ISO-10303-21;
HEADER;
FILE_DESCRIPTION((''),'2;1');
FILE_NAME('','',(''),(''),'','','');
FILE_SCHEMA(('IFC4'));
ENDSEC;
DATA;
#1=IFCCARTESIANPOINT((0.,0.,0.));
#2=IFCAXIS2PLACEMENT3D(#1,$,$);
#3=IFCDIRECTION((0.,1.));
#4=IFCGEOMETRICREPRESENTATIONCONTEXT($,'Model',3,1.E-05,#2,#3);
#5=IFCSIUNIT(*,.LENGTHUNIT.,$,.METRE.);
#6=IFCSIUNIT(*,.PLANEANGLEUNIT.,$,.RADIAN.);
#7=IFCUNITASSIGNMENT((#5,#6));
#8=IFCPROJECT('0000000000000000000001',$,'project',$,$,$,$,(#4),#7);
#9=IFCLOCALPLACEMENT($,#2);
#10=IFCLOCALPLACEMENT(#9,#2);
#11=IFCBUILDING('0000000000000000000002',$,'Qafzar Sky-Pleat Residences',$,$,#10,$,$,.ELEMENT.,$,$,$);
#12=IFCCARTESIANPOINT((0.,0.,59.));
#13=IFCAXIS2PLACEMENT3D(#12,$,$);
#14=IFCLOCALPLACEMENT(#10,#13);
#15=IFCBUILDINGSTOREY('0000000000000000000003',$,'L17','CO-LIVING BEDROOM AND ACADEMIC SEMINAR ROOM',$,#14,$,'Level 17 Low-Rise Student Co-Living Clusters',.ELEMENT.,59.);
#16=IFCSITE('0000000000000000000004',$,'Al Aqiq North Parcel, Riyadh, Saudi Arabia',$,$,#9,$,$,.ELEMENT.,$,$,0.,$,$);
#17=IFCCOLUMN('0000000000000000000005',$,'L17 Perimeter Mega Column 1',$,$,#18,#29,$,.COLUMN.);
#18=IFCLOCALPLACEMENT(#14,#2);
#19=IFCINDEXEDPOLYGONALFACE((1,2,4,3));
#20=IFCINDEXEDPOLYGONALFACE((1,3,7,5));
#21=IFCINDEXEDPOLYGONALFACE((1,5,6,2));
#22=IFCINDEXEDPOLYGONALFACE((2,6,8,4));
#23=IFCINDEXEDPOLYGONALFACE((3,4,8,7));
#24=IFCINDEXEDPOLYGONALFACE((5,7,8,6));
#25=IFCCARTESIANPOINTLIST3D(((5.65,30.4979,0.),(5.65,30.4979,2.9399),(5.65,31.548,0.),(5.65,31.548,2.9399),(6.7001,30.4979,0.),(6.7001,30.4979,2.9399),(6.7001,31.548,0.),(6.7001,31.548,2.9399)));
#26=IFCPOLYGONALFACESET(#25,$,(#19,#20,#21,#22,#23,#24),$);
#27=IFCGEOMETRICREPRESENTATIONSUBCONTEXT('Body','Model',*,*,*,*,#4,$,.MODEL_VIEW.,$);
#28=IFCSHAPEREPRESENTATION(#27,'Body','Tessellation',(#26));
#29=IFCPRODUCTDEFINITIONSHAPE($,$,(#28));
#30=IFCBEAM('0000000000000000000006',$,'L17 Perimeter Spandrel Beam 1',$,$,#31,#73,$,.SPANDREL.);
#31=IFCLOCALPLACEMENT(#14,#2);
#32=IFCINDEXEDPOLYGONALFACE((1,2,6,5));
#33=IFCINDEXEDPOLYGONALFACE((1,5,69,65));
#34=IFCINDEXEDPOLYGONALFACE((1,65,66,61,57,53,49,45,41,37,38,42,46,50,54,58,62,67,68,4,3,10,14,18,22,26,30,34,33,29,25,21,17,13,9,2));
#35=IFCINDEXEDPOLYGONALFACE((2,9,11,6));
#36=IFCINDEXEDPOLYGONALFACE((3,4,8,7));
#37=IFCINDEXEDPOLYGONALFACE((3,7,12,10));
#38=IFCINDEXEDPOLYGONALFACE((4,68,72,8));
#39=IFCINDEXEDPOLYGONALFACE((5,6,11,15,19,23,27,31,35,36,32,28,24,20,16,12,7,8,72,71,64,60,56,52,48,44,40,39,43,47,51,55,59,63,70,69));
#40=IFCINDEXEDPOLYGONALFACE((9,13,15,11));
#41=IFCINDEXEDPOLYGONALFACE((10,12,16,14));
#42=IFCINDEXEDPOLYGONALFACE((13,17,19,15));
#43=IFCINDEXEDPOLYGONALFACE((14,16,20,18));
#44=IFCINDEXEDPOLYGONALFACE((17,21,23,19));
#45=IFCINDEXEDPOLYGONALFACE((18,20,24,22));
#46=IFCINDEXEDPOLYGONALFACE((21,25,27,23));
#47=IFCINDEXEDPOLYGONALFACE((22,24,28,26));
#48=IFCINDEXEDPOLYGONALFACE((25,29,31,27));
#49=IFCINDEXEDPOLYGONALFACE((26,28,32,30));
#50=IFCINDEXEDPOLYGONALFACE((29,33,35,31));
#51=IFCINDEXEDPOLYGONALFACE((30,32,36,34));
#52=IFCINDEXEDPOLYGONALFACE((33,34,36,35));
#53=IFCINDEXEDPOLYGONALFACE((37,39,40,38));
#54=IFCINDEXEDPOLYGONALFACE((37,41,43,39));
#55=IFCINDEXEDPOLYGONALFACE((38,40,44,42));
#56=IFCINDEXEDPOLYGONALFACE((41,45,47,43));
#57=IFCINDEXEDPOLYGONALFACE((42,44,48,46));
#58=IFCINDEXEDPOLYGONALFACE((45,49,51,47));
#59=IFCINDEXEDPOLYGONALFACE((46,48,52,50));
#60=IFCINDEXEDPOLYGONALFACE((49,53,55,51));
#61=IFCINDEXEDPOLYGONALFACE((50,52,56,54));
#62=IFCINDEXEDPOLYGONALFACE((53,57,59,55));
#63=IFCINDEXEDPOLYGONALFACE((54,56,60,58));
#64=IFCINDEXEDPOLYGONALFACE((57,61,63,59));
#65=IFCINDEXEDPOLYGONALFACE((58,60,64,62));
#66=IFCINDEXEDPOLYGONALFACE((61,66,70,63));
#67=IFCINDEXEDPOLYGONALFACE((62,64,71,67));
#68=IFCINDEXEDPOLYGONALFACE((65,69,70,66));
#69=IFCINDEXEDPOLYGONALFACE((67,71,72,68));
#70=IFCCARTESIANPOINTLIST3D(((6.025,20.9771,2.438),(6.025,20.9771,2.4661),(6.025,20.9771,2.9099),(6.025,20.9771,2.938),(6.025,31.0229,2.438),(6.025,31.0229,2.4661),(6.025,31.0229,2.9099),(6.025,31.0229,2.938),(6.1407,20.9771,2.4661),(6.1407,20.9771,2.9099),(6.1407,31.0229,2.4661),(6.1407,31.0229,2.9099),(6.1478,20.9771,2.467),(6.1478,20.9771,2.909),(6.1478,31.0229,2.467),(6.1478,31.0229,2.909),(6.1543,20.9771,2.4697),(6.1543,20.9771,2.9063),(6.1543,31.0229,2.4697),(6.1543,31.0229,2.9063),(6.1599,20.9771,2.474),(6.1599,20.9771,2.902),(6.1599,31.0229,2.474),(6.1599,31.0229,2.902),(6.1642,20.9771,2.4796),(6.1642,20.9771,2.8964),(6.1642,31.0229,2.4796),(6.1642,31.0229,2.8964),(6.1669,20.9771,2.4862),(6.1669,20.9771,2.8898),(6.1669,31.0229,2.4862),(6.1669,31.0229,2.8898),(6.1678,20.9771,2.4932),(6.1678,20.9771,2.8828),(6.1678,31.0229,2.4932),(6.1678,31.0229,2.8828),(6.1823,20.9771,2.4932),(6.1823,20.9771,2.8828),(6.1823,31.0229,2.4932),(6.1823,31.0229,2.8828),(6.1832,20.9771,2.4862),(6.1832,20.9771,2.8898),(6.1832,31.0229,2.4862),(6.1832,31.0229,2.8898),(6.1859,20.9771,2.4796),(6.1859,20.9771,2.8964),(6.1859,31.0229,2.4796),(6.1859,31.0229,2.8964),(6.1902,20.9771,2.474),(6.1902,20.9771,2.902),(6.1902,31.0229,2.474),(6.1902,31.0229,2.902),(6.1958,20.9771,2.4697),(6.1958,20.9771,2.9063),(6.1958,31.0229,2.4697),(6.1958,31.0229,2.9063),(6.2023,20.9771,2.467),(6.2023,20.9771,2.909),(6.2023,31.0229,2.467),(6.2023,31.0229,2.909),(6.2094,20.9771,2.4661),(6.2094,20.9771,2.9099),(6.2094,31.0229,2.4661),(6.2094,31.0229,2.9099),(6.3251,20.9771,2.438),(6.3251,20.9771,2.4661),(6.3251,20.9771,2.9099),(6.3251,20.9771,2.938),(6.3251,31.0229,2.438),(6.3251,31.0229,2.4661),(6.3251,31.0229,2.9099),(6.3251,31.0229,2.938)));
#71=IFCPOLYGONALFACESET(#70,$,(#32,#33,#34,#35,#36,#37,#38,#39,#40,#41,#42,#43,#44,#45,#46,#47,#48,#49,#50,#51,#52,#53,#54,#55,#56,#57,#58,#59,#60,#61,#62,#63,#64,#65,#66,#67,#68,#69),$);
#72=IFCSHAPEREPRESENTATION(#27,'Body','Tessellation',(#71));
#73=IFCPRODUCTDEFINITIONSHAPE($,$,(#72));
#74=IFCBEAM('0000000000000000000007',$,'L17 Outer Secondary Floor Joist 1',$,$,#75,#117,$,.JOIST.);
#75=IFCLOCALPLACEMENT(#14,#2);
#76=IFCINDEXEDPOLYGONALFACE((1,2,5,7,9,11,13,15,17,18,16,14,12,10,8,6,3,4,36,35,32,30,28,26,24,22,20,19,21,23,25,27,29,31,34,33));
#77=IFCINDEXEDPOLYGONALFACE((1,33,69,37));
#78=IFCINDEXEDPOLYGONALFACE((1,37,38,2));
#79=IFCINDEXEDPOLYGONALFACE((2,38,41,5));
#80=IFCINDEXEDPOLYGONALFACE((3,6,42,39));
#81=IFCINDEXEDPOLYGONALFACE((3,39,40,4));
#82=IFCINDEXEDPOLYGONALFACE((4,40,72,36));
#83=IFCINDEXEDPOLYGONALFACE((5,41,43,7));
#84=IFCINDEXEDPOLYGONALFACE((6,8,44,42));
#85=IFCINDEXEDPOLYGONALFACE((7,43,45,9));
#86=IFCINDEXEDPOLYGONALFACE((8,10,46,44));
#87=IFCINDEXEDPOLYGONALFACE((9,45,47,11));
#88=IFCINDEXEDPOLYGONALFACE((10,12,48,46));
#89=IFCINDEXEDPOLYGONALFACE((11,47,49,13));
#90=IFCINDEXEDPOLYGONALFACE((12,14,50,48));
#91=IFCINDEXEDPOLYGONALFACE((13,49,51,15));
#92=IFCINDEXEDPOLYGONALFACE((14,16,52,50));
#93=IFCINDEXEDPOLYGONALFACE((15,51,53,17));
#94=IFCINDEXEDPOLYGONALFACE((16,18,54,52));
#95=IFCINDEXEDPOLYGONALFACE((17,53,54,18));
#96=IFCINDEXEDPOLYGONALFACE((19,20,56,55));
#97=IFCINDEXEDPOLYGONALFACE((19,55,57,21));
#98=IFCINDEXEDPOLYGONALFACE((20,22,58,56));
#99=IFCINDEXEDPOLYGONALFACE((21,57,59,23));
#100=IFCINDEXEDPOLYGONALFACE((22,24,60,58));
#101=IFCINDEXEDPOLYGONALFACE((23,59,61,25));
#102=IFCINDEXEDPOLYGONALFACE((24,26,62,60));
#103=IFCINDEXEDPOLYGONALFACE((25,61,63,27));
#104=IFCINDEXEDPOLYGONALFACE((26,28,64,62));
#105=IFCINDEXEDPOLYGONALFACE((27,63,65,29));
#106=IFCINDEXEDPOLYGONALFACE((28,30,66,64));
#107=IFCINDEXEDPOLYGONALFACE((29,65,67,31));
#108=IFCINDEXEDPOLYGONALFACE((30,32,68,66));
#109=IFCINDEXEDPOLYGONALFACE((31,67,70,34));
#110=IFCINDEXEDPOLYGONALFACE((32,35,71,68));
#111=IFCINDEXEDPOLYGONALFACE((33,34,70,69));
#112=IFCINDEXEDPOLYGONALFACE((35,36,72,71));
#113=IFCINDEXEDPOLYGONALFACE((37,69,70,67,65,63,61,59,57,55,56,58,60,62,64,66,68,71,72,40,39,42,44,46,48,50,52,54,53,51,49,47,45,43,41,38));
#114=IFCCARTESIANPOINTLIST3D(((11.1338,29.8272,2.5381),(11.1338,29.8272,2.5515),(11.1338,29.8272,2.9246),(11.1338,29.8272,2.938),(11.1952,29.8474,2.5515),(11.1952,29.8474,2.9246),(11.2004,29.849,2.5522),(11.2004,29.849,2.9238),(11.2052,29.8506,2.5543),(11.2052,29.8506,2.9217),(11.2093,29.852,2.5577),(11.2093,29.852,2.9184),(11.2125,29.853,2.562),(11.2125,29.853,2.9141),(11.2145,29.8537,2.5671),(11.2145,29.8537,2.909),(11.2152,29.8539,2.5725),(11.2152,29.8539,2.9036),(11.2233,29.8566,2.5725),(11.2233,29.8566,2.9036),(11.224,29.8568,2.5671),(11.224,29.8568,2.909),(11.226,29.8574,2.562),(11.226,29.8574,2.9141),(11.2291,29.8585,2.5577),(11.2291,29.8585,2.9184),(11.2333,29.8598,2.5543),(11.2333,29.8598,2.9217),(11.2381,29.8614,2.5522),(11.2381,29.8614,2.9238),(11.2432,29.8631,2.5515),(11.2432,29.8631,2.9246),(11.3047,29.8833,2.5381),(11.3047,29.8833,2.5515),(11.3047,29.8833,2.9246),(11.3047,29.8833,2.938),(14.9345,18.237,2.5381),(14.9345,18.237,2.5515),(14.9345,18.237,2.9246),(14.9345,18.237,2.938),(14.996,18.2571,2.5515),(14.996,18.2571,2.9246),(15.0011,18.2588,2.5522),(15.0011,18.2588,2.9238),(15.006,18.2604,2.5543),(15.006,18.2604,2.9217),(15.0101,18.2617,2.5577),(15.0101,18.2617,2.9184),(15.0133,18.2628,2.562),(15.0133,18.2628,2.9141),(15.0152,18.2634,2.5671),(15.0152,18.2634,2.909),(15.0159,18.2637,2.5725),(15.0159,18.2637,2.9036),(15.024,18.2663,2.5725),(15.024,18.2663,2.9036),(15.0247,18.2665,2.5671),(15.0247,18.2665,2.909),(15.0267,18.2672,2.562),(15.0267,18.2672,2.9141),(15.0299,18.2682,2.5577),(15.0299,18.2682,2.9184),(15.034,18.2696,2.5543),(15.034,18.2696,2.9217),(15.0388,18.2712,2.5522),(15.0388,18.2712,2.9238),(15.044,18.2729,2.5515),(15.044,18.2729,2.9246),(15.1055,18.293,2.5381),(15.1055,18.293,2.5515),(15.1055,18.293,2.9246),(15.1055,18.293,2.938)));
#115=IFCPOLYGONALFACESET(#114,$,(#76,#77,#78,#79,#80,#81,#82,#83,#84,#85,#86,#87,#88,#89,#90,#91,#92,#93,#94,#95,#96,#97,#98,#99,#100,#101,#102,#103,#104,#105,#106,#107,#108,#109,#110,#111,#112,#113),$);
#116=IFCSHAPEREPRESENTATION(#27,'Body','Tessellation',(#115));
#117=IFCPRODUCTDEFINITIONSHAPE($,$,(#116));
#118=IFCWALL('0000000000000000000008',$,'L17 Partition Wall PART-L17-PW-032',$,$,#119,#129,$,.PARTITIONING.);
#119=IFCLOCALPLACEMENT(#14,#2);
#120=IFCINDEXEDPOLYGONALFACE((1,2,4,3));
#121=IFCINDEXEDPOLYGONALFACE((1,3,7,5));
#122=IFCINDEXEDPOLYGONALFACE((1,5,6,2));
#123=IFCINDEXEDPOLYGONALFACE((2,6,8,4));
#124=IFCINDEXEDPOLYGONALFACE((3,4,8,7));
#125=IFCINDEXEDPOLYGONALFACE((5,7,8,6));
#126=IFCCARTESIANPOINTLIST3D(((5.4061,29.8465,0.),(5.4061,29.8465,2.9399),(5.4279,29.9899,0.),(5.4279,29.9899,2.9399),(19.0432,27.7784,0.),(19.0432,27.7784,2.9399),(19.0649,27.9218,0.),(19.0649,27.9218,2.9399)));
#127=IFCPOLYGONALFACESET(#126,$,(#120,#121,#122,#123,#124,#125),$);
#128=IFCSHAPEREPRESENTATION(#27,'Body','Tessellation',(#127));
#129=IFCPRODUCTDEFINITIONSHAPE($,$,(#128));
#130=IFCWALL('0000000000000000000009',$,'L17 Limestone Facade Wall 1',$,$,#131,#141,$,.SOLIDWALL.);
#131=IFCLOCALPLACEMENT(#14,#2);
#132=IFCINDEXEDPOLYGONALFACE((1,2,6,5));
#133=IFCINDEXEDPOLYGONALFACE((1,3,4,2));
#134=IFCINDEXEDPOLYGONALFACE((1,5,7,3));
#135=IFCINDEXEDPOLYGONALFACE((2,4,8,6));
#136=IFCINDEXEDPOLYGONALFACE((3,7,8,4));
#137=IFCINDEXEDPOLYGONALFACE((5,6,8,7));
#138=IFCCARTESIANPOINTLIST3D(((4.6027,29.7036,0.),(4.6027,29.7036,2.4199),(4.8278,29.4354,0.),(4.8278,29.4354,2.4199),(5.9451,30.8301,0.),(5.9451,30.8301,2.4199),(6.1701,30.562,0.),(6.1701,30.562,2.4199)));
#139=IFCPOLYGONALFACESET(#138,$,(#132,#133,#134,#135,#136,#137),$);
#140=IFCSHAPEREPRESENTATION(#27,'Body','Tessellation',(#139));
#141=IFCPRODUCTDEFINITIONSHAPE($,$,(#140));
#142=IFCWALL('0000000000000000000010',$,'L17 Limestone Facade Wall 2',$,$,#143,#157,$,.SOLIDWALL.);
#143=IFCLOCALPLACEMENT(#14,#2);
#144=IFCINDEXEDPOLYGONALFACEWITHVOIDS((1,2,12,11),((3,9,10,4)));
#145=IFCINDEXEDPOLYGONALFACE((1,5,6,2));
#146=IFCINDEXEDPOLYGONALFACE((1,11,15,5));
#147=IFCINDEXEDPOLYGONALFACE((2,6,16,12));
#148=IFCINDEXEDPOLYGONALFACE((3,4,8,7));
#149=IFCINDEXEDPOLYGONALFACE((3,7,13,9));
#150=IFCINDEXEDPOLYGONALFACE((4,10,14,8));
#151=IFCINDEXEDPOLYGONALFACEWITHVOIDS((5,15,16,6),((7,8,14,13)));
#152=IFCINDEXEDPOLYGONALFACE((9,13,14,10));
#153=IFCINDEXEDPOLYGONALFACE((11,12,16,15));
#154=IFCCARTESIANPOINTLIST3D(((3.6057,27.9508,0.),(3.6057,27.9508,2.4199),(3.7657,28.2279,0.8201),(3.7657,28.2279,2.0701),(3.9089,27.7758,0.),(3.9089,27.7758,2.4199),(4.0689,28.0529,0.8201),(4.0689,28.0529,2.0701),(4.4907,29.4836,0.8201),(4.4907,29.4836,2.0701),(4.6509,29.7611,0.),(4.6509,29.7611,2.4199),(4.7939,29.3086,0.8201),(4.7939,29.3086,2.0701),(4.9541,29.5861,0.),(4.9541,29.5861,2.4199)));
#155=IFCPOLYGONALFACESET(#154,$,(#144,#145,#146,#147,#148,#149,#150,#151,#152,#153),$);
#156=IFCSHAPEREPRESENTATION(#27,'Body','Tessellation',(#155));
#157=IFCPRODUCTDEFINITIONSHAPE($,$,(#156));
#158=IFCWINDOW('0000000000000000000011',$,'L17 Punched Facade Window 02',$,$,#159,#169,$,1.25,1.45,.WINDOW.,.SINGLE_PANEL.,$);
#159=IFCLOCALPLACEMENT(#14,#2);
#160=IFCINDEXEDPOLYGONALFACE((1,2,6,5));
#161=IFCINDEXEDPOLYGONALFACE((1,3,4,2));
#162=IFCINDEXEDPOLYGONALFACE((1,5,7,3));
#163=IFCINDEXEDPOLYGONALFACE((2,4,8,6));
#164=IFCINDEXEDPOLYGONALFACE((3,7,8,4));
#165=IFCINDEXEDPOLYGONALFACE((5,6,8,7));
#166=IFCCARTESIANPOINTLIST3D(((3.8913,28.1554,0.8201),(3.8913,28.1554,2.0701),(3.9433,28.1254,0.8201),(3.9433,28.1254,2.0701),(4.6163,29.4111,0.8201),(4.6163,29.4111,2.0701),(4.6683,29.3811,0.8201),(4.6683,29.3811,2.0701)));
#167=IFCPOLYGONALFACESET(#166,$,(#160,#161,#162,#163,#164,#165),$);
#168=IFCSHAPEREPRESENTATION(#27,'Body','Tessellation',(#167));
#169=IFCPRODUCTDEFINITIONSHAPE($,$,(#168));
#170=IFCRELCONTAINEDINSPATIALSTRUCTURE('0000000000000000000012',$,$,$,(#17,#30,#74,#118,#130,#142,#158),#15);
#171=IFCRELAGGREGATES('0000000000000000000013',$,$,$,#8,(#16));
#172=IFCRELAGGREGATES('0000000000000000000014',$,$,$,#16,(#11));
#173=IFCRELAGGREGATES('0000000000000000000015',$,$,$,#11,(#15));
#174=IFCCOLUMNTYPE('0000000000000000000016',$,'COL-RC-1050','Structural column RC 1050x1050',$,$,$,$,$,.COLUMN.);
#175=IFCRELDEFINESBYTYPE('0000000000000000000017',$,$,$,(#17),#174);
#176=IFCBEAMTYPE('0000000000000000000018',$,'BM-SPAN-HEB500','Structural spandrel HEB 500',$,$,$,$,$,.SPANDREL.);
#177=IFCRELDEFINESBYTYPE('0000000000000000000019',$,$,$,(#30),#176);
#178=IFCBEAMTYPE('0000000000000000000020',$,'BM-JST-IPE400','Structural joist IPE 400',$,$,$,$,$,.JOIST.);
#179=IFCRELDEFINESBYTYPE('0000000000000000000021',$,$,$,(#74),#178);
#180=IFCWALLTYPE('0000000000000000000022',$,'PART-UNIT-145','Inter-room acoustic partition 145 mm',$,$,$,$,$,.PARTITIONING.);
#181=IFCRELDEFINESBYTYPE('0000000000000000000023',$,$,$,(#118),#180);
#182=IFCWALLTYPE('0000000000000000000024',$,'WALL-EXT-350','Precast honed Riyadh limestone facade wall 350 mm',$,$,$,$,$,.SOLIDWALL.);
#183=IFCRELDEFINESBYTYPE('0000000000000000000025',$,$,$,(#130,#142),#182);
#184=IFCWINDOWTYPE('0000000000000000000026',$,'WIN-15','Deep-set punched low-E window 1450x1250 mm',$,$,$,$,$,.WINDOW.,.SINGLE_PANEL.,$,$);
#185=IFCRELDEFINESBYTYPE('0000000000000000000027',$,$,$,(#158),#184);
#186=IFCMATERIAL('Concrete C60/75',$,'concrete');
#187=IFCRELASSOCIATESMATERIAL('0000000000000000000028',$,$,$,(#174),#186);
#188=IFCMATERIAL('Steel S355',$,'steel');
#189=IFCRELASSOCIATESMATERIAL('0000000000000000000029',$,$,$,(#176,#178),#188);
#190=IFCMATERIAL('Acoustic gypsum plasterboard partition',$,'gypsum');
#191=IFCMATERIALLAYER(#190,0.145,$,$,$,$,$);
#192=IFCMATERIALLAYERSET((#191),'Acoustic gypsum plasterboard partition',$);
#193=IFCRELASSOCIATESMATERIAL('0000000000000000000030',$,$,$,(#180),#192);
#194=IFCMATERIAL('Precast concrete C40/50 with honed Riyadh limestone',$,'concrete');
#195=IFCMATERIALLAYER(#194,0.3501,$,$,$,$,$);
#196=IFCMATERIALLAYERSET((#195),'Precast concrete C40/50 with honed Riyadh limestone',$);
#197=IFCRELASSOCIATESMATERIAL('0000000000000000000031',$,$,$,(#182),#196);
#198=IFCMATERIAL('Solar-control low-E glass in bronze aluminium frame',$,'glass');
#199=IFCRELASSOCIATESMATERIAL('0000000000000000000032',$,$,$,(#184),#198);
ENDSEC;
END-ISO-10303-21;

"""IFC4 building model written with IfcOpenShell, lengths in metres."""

from ifc_helpers import new_model, si_unit, direction, frame, frame_2d, origin, origin_2d, place, context, subcontext, project, spatial, rectangle, i_section, extrude, source, transform, mapped, material, layer, layer_set, material_profile, profile_set, type_object, element, fill, save


model = new_model("IFC4")

# Units and contexts
model_context = context("Model", 3, precision=1e-05, world=origin(), true_north=direction((0.0, 1.0)))
body_context = subcontext(model_context, "Body", "Model", "MODEL_VIEW")
ifc_project = project(units=[si_unit("LENGTHUNIT", "METRE"), si_unit("PLANEANGLEUNIT", "RADIAN")], contexts=[model_context])

# Site, building, storey
site_placement = place(None, origin())
site = spatial("IfcSite", under=ifc_project, at=site_placement, Name="Al Aqiq North Parcel, Riyadh, Saudi Arabia", CompositionType="ELEMENT", RefElevation=0.0)
building_placement = place(site_placement, origin())
building = spatial("IfcBuilding", under=site, at=building_placement, Name="Qafzar Sky-Pleat Residences", CompositionType="ELEMENT")
storey_placement = place(building_placement, frame((0.0, 0.0, 59.0)))
storey = spatial("IfcBuildingStorey", under=building, at=storey_placement, Name="L17", Description="CO-LIVING BEDROOM AND ACADEMIC SEMINAR ROOM", LongName="Level 17 Low-Rise Student Co-Living Clusters", CompositionType="ELEMENT", Elevation=59.0)

# Column
ifc_material_1 = material(Name="Concrete C60/75", Category="concrete")
ifc_material_profile_1 = material_profile(ifc_material_1, rectangle(XDim=1.05, YDim=1.05, at=origin_2d()), Name="RC 1050x1050")
ifc_profile_set_1 = profile_set([ifc_material_profile_1], Name="Concrete C60/75")
column_type = type_object("IfcColumnType", Name="COL-RC-1050", Description="Structural column RC 1050x1050", PredefinedType="COLUMN", material=ifc_profile_set_1)
shared_shape_1 = source(origin(), body_context, "Body", "SweptSolid", [
    extrude(rectangle(XDim=1.05, YDim=1.05, at=origin_2d()), origin(), (0.0, 0.0, 1.0), 2.9399),
])
column_placement = place(storey_placement, frame((6.175, 31.0229, 0.0), z_axis=(0.0, 0.0, 1.0), x_axis=(1.0, 0.0, 0.0)))
element("IfcColumn", 1, at=column_placement, inside=storey, type_object=column_type, Name="L17 Perimeter Mega Column 1", PredefinedType="COLUMN", context=body_context, shape_type="MappedRepresentation", body=[
    mapped(shared_shape_1, transform((0.0, 0.0, 0.0), x_axis=(1.0, 0.0, 0.0), y_axis=(0.0, 1.0, 0.0), z_axis=(0.0, 0.0, 1.0), scale=1.0)),
])

# Beams
ifc_material_2 = material(Name="Steel S355", Category="steel")
ifc_material_profile_2 = material_profile(ifc_material_2, i_section(OverallWidth=0.3, OverallDepth=0.5, WebThickness=0.0144, FlangeThickness=0.0281, FilletRadius=0.0271, at=origin_2d()), Name="HEB 500")
ifc_profile_set_2 = profile_set([ifc_material_profile_2], Name="Steel S355")
beam_type_1 = type_object("IfcBeamType", Name="BM-SPAN-HEB500", Description="Structural spandrel HEB 500", PredefinedType="SPANDREL", material=ifc_profile_set_2)
shared_shape_2 = source(origin(), body_context, "Body", "SweptSolid", [
    extrude(i_section(OverallWidth=0.3, OverallDepth=0.5, WebThickness=0.0144, FlangeThickness=0.0281, FilletRadius=0.0271, at=origin_2d()), origin(), (0.0, 0.0, 1.0), 10.0459),
])
beam_1_placement = place(storey_placement, frame((6.175, 31.0229, 2.688), z_axis=(0.0, -1.0, 0.0), x_axis=(1.0, 0.0, 0.0)))
element("IfcBeam", 2, at=beam_1_placement, inside=storey, type_object=beam_type_1, Name="L17 Perimeter Spandrel Beam 1", PredefinedType="SPANDREL", context=body_context, shape_type="MappedRepresentation", body=[
    mapped(shared_shape_2, transform((0.0, 0.0, 0.0), x_axis=(1.0, 0.0, 0.0), y_axis=(0.0, 1.0, 0.0), z_axis=(0.0, 0.0, 1.0), scale=1.0)),
])
ifc_material_profile_3 = material_profile(ifc_material_2, i_section(OverallWidth=0.1799, OverallDepth=0.3999, WebThickness=0.0085, FlangeThickness=0.0134, FilletRadius=0.021, at=origin_2d()), Name="IPE 400")
ifc_profile_set_3 = profile_set([ifc_material_profile_3], Name="Steel S355")
beam_type_2 = type_object("IfcBeamType", Name="BM-JST-IPE400", Description="Structural joist IPE 400", PredefinedType="JOIST", material=ifc_profile_set_3)
shared_shape_3 = source(origin(), body_context, "Body", "SweptSolid", [
    extrude(i_section(OverallWidth=0.1799, OverallDepth=0.3999, WebThickness=0.0085, FlangeThickness=0.0134, FilletRadius=0.021, at=origin_2d()), origin(), (0.0, 0.0, 1.0), 12.1975),
])
beam_2_placement = place(storey_placement, frame((11.2192, 29.8552, 2.738), z_axis=(0.3116, -0.950213, 0.0), x_axis=(0.950213, 0.3116, 0.0)))
element("IfcBeam", 3, at=beam_2_placement, inside=storey, type_object=beam_type_2, Name="L17 Outer Secondary Floor Joist 1", PredefinedType="JOIST", context=body_context, shape_type="MappedRepresentation", body=[
    mapped(shared_shape_3, transform((0.0, 0.0, 0.0), x_axis=(1.0, 0.0, 0.0), y_axis=(0.0, 1.0, 0.0), z_axis=(0.0, 0.0, 1.0), scale=1.0)),
])

# Walls
ifc_material_3 = material(Name="Acoustic gypsum plasterboard partition", Category="gypsum")
ifc_layer_1 = layer(ifc_material_3, 0.145)
ifc_layer_set_1 = layer_set([ifc_layer_1], Name="Acoustic gypsum plasterboard partition")
wall_type_1 = type_object("IfcWallType", Name="PART-UNIT-145", Description="Inter-room acoustic partition 145 mm", PredefinedType="PARTITIONING", material=ifc_layer_set_1)
wall_1_placement = place(storey_placement, frame((5.417, 29.9182, 0.0), z_axis=(0.0, 0.0, 1.0), x_axis=(0.988695, -0.149941, 0.0)))
element("IfcWall", 4, at=wall_1_placement, inside=storey, type_object=wall_type_1, Name="L17 Partition Wall PART-L17-PW-032", PredefinedType="PARTITIONING", context=body_context, shape_type="SweptSolid", body=[
    extrude(rectangle(XDim=13.793, YDim=0.145, at=frame_2d((6.8965, 0.0))), origin(), (0.0, 0.0, 1.0), 2.9399),
])
ifc_material_4 = material(Name="Precast concrete C40/50 with honed Riyadh limestone", Category="concrete")
ifc_layer_2 = layer(ifc_material_4, 0.3501)
ifc_layer_set_2 = layer_set([ifc_layer_2], Name="Precast concrete C40/50 with honed Riyadh limestone")
wall_type_2 = type_object("IfcWallType", Name="WALL-EXT-350", Description="Precast honed Riyadh limestone facade wall 350 mm", PredefinedType="SOLIDWALL", material=ifc_layer_set_2)
wall_2_placement = place(storey_placement, frame((6.0576, 30.696, 0.0), z_axis=(0.0, 0.0, 1.0), x_axis=(-0.766001, -0.642839, 0.0)))
element("IfcWall", 5, at=wall_2_placement, inside=storey, type_object=wall_type_2, Name="L17 Limestone Facade Wall 1", PredefinedType="SOLIDWALL", context=body_context, shape_type="SweptSolid", body=[
    extrude(rectangle(XDim=1.7524, YDim=0.3501, at=frame_2d((0.8762, 0.0))), origin(), (0.0, 0.0, 1.0), 2.4199),
])

# Wall, opening, window
wall_3_placement = place(storey_placement, frame((4.8025, 29.6736, 0.0), z_axis=(0.0, 0.0, 1.0), x_axis=(-0.499995, -0.866028, 0.0)))
wall_3 = element("IfcWall", 6, at=wall_3_placement, inside=storey, type_object=wall_type_2, Name="L17 Limestone Facade Wall 2", PredefinedType="SOLIDWALL", context=body_context, shape_type="SweptSolid", body=[
    extrude(rectangle(XDim=2.0903, YDim=0.3501, at=frame_2d((1.0452, 0.0))), origin(), (0.0, 0.0, 1.0), 2.4199),
])
opening_1_placement = place(wall_3_placement, frame((0.3203, 0.0, 0.8201)))
opening_1 = element("IfcOpeningElement", 7, at=opening_1_placement, cuts=wall_3, PredefinedType="OPENING", context=body_context, shape_type="SweptSolid", body=[
    extrude(rectangle(XDim=1.45, YDim=1.25, at=frame_2d((0.7251, 0.625))), frame((0.0, 0.1851, 0.0), z_axis=(0.0, -1.0, 0.0), x_axis=(1.0, 0.0, 0.0)), (0.0, 0.0, 1.0), 0.3701),
])
ifc_material_5 = material(Name="Solar-control low-E glass in bronze aluminium frame", Category="glass")
window_type = type_object("IfcWindowType", Name="WIN-15", Description="Deep-set punched low-E window 1450x1250 mm", PartitioningType="SINGLE_PANEL", PredefinedType="WINDOW", material=ifc_material_5)
shared_shape_4 = source(origin(), body_context, "Body", "SweptSolid", [
    extrude(rectangle(XDim=1.45, YDim=1.25, at=frame_2d((0.7251, 0.625))), frame((0.0, 0.03, 0.0), z_axis=(0.0, -1.0, 0.0), x_axis=(1.0, 0.0, 0.0)), (0.0, 0.0, 1.0), 0.0601),
])
window_1_placement = place(opening_1_placement, origin())
window_1 = element("IfcWindow", 8, at=window_1_placement, inside=storey, type_object=window_type, Name="L17 Punched Facade Window 02", OverallHeight=1.25, OverallWidth=1.45, PartitioningType="SINGLE_PANEL", PredefinedType="WINDOW", context=body_context, shape_type="MappedRepresentation", body=[
    mapped(shared_shape_4, transform((0.0, 0.0, 0.0), x_axis=(1.0, 0.0, 0.0), y_axis=(0.0, 1.0, 0.0), z_axis=(0.0, 0.0, 1.0), scale=1.0)),
])
fill(opening_1, window_1)

save(model, "model.ifc")
